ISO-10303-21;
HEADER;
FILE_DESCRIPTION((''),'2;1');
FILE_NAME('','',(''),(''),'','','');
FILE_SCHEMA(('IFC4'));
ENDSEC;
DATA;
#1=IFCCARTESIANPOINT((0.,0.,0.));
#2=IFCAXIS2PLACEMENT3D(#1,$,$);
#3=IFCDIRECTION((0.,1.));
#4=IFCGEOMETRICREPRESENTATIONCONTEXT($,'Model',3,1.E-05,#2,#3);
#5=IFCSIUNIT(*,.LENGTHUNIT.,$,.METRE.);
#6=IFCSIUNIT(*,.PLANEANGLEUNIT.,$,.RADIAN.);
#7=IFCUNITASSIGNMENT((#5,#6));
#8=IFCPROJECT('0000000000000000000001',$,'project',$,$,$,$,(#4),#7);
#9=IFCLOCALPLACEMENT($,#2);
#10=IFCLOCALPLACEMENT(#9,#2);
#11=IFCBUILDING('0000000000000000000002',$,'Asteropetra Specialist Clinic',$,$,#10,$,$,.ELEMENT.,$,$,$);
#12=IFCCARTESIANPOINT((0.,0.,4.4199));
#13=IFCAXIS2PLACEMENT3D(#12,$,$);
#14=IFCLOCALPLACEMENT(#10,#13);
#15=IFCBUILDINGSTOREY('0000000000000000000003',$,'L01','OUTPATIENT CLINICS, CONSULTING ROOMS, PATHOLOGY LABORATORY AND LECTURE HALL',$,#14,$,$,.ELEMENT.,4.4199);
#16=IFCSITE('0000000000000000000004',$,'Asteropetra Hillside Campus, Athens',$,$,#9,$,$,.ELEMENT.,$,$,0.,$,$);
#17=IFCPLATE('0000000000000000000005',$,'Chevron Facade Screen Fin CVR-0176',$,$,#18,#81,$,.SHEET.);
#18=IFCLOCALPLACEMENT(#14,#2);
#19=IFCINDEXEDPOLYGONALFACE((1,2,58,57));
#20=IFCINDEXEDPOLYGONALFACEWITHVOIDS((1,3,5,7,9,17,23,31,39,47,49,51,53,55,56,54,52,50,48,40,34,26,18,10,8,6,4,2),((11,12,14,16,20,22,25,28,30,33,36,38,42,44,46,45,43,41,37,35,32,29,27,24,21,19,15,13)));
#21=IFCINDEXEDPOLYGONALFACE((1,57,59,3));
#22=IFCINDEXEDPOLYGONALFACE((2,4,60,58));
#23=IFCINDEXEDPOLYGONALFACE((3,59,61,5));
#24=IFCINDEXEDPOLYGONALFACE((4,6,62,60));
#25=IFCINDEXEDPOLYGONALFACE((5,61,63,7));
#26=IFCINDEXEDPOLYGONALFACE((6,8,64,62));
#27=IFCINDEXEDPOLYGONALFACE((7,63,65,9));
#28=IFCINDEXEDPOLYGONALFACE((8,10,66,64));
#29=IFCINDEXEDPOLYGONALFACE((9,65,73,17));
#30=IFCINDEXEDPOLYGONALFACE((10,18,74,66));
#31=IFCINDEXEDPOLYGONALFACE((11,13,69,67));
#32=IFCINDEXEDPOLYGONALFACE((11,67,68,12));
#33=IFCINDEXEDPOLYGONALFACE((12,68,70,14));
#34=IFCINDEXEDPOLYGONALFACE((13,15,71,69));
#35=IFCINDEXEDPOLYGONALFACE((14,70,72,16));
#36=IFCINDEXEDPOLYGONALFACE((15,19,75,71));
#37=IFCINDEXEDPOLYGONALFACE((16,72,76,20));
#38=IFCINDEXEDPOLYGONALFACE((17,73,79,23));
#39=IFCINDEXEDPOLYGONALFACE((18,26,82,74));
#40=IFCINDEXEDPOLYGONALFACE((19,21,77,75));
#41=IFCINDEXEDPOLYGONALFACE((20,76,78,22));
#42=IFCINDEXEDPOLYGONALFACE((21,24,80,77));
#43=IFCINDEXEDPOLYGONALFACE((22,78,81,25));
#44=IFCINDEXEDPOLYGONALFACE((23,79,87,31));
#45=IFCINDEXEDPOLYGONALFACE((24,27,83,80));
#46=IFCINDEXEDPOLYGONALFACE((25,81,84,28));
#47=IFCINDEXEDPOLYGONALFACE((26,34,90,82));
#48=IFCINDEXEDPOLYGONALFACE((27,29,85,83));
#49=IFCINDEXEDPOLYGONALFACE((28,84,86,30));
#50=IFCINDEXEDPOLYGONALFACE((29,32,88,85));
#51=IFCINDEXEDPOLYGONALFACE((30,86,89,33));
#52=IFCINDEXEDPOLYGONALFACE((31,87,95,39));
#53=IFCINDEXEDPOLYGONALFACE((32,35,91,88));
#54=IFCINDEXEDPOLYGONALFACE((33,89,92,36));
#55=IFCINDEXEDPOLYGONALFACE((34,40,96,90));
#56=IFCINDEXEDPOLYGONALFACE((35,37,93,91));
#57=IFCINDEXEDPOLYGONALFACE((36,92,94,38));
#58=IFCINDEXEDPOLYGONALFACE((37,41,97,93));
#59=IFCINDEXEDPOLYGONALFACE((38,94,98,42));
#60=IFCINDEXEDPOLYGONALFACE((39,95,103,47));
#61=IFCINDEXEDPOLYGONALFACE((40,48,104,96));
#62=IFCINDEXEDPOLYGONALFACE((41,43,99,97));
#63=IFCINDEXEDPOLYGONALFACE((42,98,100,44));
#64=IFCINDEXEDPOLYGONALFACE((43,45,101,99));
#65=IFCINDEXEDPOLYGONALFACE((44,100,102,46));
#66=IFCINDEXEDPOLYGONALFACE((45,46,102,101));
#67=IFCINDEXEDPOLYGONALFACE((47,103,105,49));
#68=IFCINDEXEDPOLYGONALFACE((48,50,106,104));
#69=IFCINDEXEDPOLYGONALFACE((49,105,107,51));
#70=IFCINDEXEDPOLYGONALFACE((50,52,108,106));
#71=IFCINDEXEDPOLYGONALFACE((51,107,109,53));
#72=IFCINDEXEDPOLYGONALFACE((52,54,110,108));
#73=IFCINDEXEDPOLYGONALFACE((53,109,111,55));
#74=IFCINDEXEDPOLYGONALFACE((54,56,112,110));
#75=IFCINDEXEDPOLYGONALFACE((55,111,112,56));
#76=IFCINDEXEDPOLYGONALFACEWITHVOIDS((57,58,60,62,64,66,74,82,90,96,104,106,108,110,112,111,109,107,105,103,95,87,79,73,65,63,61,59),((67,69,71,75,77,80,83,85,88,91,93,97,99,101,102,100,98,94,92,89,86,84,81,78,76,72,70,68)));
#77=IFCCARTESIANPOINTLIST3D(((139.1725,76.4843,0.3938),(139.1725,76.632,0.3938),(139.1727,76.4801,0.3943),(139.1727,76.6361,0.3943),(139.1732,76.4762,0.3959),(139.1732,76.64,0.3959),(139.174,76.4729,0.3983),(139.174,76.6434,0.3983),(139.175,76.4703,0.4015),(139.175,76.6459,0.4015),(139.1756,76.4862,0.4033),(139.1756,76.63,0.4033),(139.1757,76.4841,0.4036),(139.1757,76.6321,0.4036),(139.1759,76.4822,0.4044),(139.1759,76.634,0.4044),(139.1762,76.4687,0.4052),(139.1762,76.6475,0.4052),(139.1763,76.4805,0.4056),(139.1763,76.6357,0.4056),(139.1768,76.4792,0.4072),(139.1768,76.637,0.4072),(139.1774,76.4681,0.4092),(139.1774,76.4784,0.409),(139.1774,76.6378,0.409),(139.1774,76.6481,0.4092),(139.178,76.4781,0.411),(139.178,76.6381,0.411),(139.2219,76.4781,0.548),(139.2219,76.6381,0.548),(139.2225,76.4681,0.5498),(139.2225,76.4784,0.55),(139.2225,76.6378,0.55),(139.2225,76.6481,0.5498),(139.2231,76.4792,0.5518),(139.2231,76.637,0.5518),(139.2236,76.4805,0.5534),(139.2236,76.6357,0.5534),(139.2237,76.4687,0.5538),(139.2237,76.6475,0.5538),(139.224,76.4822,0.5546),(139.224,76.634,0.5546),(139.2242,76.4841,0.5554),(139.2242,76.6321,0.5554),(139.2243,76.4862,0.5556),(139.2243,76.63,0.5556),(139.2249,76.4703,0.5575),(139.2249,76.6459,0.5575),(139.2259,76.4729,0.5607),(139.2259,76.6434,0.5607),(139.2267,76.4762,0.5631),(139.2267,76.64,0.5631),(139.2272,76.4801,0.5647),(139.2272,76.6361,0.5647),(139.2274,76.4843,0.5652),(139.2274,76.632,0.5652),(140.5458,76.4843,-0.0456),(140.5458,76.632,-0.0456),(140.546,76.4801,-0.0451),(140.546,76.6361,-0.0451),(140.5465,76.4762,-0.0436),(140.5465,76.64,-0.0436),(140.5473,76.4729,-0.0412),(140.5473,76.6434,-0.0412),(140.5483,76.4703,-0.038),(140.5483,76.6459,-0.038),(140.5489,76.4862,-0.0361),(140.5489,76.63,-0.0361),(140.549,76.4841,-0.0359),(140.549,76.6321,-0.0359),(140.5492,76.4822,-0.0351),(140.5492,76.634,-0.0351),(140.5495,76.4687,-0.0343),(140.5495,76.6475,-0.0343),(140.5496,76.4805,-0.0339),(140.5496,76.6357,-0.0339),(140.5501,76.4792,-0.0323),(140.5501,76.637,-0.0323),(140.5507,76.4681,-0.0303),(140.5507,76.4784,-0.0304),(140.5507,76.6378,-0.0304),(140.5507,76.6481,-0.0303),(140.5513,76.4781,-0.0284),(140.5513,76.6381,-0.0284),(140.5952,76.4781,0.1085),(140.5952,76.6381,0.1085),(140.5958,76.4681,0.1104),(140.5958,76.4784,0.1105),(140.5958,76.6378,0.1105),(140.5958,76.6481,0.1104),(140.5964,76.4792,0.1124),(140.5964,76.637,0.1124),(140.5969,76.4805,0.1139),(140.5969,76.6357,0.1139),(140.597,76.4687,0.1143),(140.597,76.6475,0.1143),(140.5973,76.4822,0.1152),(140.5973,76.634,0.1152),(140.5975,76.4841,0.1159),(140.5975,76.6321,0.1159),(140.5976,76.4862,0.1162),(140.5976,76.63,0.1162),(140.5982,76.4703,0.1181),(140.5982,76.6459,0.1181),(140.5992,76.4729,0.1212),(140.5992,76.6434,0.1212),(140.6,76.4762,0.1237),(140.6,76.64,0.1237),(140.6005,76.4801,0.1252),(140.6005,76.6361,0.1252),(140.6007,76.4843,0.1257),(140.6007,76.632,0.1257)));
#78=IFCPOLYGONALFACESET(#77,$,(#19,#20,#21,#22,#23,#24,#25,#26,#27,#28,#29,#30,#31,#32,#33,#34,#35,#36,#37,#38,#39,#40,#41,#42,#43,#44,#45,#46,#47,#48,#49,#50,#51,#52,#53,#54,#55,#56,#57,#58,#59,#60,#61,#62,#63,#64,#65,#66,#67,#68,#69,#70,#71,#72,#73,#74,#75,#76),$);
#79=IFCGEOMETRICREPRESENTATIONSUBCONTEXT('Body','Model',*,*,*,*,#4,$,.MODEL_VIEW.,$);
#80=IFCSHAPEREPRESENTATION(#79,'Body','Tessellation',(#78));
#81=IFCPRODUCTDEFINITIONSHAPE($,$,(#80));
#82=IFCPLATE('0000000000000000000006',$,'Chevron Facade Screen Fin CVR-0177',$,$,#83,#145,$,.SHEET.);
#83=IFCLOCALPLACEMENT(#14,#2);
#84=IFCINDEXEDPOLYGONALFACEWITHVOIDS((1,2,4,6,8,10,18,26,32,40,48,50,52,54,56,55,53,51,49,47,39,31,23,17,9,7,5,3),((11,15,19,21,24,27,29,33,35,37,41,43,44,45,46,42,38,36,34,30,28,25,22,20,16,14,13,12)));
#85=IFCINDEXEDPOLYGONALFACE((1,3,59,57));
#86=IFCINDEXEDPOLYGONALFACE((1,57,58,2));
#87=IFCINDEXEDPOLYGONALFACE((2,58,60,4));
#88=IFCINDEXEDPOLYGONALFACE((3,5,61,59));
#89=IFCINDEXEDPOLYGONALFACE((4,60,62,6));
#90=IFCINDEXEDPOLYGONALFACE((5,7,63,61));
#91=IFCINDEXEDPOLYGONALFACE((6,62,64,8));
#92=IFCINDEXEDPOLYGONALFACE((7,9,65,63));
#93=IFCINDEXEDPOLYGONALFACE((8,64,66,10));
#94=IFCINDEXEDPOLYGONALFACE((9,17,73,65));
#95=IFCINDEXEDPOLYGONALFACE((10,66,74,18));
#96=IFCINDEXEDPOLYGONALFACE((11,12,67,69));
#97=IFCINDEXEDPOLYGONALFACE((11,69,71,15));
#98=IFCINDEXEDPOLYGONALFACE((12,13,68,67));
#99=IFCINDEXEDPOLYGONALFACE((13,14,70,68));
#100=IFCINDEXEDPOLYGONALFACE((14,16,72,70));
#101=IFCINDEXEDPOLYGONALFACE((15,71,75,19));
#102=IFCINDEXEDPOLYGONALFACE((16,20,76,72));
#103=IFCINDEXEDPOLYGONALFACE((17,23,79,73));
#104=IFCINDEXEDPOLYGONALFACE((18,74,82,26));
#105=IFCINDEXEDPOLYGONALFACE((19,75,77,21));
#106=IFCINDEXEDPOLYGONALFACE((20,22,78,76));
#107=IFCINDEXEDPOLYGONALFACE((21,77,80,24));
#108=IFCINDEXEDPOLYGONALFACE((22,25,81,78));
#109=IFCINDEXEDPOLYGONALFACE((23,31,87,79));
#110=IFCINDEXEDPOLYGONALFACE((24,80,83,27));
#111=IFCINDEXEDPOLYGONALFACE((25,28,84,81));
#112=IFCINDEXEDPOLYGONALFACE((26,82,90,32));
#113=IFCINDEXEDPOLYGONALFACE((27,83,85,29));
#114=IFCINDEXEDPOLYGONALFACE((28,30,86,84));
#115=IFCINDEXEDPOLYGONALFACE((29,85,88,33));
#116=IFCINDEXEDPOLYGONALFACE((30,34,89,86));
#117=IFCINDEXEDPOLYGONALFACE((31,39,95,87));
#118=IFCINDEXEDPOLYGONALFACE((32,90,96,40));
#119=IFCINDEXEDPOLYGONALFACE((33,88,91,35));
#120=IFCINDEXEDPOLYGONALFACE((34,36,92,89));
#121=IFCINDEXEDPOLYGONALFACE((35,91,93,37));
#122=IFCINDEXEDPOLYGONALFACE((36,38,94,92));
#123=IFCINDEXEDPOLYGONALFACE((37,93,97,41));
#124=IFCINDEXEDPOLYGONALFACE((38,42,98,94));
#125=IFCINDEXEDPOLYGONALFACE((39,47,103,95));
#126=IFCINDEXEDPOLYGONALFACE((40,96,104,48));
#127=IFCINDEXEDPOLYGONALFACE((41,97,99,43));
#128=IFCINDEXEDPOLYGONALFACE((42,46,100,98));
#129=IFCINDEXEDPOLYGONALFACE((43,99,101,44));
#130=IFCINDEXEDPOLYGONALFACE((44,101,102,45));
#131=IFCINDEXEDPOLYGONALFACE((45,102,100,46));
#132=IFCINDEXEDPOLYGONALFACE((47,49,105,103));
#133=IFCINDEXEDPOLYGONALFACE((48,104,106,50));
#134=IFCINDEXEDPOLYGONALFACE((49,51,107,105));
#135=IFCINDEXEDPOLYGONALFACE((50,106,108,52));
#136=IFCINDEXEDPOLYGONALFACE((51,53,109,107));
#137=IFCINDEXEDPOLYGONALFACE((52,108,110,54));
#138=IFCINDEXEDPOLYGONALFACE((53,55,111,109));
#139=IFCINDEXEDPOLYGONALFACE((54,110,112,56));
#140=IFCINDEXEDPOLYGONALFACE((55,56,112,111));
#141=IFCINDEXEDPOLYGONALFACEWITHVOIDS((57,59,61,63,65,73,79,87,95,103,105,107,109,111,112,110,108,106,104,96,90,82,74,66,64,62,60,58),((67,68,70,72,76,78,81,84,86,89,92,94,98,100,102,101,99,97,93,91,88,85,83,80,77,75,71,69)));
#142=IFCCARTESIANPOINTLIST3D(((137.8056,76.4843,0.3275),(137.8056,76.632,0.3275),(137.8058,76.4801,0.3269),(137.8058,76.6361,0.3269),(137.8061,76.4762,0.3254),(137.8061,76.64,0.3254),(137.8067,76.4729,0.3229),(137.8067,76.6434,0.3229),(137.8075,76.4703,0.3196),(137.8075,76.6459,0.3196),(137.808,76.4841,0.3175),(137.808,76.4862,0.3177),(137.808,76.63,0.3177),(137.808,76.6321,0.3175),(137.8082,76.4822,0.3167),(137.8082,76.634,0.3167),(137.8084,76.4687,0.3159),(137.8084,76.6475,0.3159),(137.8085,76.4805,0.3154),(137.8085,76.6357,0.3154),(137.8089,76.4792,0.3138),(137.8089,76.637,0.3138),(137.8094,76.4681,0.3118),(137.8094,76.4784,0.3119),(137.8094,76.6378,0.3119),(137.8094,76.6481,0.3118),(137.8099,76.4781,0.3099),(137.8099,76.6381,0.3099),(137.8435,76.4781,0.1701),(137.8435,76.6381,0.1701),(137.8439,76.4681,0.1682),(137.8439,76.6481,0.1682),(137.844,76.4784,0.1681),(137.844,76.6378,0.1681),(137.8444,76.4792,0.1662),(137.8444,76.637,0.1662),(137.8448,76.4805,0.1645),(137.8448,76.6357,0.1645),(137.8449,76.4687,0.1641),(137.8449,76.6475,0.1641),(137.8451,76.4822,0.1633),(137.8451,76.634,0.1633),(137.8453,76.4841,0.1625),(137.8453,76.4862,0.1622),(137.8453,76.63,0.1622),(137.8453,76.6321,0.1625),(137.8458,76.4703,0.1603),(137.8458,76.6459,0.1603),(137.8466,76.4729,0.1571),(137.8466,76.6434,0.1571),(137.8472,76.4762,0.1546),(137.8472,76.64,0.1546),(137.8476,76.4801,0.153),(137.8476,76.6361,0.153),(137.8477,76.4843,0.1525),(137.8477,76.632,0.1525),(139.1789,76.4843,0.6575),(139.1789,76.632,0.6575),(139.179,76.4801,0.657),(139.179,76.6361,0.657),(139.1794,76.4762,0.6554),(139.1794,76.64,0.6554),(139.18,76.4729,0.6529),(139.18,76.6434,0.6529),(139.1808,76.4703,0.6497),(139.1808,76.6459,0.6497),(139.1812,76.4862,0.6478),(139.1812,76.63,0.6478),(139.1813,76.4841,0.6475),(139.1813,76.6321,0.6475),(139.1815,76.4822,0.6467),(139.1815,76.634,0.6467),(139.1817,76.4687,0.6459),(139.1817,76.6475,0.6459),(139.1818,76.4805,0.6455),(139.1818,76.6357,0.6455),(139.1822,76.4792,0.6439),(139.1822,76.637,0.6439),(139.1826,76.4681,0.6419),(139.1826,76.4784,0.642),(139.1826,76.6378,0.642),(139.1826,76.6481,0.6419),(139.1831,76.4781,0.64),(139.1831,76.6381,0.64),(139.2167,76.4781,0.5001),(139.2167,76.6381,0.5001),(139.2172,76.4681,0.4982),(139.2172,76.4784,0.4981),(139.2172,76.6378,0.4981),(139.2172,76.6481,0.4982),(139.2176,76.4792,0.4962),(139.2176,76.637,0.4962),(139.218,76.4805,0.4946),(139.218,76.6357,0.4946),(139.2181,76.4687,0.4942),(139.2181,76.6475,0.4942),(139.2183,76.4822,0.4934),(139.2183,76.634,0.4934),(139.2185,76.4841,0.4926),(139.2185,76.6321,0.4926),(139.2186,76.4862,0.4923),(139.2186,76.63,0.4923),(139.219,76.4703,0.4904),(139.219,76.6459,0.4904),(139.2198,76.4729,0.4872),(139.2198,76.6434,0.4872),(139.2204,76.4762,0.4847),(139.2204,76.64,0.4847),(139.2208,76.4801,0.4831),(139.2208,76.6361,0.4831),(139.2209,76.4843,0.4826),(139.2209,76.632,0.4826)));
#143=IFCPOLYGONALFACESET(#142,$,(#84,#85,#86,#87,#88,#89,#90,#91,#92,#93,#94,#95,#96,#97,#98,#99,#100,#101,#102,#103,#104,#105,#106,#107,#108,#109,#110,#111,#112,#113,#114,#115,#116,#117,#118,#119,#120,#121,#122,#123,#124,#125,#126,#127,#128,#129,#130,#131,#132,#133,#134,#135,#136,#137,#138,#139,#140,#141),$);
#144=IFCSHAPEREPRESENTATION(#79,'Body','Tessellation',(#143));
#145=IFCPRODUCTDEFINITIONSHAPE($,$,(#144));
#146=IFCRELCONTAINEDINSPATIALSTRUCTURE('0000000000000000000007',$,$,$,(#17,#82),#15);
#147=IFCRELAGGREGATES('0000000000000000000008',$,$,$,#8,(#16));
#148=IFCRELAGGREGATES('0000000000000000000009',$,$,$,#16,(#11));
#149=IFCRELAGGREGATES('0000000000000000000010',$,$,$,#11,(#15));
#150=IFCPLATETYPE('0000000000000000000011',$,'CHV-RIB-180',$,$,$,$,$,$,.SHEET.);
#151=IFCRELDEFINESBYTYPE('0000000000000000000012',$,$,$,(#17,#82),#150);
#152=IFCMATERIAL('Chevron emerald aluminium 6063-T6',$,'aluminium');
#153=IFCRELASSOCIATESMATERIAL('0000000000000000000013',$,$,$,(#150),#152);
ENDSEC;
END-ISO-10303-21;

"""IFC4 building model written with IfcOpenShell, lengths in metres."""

from ifc_helpers import new_model, si_unit, direction, frame, origin, origin_2d, place, context, subcontext, project, spatial, hollow_rectangle, extrude, material, material_profile, profile_set, type_object, element, save


model = new_model("IFC4")

# Units and contexts
model_context = context("Model", 3, precision=1e-05, world=origin(), true_north=direction((0.0, 1.0)))
body_context = subcontext(model_context, "Body", "Model", "MODEL_VIEW")
ifc_project = project(units=[si_unit("LENGTHUNIT", "METRE"), si_unit("PLANEANGLEUNIT", "RADIAN")], contexts=[model_context])

# Site, building, storey
site_placement = place(None, origin())
site = spatial("IfcSite", under=ifc_project, at=site_placement, Name="Asteropetra Hillside Campus, Athens", CompositionType="ELEMENT", RefElevation=0.0)
building_placement = place(site_placement, origin())
building = spatial("IfcBuilding", under=site, at=building_placement, Name="Asteropetra Specialist Clinic", CompositionType="ELEMENT")
storey_placement = place(building_placement, frame((0.0, 0.0, 4.4199)))
storey = spatial("IfcBuildingStorey", under=building, at=storey_placement, Name="L01", Description="OUTPATIENT CLINICS, CONSULTING ROOMS, PATHOLOGY LABORATORY AND LECTURE HALL", CompositionType="ELEMENT", Elevation=4.4199)

# Plates
ifc_material_1 = material(Name="Chevron emerald aluminium 6063-T6", Category="aluminium")
ifc_material_profile_1 = material_profile(ifc_material_1, hollow_rectangle(XDim=0.1799, YDim=0.1799, WallThickness=0.01, InnerFilletRadius=0.0081, OuterFilletRadius=0.0161, at=origin_2d()), Name="SHS 180x180x10.0")
ifc_profile_set_1 = profile_set([ifc_material_profile_1], Name="Chevron emerald aluminium 6063-T6")
plate_type = type_object("IfcPlateType", Name="CHV-RIB-180", PredefinedType="SHEET", material=ifc_profile_set_1)
for number, where, z_axis, x_axis, name in (
    (1, (139.2, 76.5581, 0.4795), (0.952424, 0.0, -0.304776), (0.0, 1.0, 0.0), "Chevron Facade Screen Fin CVR-0176"),
):
    element("IfcPlate", number, at=place(storey_placement, frame(where, z_axis=z_axis, x_axis=x_axis)), inside=storey, type_object=plate_type, Name=name, PredefinedType="SHEET", context=body_context, shape_type="SweptSolid", body=[
        extrude(hollow_rectangle(XDim=0.1799, YDim=0.1799, WallThickness=0.01, InnerFilletRadius=0.0081, OuterFilletRadius=0.0161, at=origin_2d()), origin(), (0.0, 0.0, 1.0), 1.4419),
    ])
for number, where, z_axis, x_axis, name in (
    (2, (137.8267, 76.5581, 0.24), (0.972309, 0.0, 0.2337), (0.0, 1.0, 0.0), "Chevron Facade Screen Fin CVR-0177"),
):
    element("IfcPlate", number, at=place(storey_placement, frame(where, z_axis=z_axis, x_axis=x_axis)), inside=storey, type_object=plate_type, Name=name, PredefinedType="SHEET", context=body_context, shape_type="SweptSolid", body=[
        extrude(hollow_rectangle(XDim=0.1799, YDim=0.1799, WallThickness=0.01, InnerFilletRadius=0.0081, OuterFilletRadius=0.0161, at=origin_2d()), origin(), (0.0, 0.0, 1.0), 1.4124),
    ])

save(model, "model.ifc")
